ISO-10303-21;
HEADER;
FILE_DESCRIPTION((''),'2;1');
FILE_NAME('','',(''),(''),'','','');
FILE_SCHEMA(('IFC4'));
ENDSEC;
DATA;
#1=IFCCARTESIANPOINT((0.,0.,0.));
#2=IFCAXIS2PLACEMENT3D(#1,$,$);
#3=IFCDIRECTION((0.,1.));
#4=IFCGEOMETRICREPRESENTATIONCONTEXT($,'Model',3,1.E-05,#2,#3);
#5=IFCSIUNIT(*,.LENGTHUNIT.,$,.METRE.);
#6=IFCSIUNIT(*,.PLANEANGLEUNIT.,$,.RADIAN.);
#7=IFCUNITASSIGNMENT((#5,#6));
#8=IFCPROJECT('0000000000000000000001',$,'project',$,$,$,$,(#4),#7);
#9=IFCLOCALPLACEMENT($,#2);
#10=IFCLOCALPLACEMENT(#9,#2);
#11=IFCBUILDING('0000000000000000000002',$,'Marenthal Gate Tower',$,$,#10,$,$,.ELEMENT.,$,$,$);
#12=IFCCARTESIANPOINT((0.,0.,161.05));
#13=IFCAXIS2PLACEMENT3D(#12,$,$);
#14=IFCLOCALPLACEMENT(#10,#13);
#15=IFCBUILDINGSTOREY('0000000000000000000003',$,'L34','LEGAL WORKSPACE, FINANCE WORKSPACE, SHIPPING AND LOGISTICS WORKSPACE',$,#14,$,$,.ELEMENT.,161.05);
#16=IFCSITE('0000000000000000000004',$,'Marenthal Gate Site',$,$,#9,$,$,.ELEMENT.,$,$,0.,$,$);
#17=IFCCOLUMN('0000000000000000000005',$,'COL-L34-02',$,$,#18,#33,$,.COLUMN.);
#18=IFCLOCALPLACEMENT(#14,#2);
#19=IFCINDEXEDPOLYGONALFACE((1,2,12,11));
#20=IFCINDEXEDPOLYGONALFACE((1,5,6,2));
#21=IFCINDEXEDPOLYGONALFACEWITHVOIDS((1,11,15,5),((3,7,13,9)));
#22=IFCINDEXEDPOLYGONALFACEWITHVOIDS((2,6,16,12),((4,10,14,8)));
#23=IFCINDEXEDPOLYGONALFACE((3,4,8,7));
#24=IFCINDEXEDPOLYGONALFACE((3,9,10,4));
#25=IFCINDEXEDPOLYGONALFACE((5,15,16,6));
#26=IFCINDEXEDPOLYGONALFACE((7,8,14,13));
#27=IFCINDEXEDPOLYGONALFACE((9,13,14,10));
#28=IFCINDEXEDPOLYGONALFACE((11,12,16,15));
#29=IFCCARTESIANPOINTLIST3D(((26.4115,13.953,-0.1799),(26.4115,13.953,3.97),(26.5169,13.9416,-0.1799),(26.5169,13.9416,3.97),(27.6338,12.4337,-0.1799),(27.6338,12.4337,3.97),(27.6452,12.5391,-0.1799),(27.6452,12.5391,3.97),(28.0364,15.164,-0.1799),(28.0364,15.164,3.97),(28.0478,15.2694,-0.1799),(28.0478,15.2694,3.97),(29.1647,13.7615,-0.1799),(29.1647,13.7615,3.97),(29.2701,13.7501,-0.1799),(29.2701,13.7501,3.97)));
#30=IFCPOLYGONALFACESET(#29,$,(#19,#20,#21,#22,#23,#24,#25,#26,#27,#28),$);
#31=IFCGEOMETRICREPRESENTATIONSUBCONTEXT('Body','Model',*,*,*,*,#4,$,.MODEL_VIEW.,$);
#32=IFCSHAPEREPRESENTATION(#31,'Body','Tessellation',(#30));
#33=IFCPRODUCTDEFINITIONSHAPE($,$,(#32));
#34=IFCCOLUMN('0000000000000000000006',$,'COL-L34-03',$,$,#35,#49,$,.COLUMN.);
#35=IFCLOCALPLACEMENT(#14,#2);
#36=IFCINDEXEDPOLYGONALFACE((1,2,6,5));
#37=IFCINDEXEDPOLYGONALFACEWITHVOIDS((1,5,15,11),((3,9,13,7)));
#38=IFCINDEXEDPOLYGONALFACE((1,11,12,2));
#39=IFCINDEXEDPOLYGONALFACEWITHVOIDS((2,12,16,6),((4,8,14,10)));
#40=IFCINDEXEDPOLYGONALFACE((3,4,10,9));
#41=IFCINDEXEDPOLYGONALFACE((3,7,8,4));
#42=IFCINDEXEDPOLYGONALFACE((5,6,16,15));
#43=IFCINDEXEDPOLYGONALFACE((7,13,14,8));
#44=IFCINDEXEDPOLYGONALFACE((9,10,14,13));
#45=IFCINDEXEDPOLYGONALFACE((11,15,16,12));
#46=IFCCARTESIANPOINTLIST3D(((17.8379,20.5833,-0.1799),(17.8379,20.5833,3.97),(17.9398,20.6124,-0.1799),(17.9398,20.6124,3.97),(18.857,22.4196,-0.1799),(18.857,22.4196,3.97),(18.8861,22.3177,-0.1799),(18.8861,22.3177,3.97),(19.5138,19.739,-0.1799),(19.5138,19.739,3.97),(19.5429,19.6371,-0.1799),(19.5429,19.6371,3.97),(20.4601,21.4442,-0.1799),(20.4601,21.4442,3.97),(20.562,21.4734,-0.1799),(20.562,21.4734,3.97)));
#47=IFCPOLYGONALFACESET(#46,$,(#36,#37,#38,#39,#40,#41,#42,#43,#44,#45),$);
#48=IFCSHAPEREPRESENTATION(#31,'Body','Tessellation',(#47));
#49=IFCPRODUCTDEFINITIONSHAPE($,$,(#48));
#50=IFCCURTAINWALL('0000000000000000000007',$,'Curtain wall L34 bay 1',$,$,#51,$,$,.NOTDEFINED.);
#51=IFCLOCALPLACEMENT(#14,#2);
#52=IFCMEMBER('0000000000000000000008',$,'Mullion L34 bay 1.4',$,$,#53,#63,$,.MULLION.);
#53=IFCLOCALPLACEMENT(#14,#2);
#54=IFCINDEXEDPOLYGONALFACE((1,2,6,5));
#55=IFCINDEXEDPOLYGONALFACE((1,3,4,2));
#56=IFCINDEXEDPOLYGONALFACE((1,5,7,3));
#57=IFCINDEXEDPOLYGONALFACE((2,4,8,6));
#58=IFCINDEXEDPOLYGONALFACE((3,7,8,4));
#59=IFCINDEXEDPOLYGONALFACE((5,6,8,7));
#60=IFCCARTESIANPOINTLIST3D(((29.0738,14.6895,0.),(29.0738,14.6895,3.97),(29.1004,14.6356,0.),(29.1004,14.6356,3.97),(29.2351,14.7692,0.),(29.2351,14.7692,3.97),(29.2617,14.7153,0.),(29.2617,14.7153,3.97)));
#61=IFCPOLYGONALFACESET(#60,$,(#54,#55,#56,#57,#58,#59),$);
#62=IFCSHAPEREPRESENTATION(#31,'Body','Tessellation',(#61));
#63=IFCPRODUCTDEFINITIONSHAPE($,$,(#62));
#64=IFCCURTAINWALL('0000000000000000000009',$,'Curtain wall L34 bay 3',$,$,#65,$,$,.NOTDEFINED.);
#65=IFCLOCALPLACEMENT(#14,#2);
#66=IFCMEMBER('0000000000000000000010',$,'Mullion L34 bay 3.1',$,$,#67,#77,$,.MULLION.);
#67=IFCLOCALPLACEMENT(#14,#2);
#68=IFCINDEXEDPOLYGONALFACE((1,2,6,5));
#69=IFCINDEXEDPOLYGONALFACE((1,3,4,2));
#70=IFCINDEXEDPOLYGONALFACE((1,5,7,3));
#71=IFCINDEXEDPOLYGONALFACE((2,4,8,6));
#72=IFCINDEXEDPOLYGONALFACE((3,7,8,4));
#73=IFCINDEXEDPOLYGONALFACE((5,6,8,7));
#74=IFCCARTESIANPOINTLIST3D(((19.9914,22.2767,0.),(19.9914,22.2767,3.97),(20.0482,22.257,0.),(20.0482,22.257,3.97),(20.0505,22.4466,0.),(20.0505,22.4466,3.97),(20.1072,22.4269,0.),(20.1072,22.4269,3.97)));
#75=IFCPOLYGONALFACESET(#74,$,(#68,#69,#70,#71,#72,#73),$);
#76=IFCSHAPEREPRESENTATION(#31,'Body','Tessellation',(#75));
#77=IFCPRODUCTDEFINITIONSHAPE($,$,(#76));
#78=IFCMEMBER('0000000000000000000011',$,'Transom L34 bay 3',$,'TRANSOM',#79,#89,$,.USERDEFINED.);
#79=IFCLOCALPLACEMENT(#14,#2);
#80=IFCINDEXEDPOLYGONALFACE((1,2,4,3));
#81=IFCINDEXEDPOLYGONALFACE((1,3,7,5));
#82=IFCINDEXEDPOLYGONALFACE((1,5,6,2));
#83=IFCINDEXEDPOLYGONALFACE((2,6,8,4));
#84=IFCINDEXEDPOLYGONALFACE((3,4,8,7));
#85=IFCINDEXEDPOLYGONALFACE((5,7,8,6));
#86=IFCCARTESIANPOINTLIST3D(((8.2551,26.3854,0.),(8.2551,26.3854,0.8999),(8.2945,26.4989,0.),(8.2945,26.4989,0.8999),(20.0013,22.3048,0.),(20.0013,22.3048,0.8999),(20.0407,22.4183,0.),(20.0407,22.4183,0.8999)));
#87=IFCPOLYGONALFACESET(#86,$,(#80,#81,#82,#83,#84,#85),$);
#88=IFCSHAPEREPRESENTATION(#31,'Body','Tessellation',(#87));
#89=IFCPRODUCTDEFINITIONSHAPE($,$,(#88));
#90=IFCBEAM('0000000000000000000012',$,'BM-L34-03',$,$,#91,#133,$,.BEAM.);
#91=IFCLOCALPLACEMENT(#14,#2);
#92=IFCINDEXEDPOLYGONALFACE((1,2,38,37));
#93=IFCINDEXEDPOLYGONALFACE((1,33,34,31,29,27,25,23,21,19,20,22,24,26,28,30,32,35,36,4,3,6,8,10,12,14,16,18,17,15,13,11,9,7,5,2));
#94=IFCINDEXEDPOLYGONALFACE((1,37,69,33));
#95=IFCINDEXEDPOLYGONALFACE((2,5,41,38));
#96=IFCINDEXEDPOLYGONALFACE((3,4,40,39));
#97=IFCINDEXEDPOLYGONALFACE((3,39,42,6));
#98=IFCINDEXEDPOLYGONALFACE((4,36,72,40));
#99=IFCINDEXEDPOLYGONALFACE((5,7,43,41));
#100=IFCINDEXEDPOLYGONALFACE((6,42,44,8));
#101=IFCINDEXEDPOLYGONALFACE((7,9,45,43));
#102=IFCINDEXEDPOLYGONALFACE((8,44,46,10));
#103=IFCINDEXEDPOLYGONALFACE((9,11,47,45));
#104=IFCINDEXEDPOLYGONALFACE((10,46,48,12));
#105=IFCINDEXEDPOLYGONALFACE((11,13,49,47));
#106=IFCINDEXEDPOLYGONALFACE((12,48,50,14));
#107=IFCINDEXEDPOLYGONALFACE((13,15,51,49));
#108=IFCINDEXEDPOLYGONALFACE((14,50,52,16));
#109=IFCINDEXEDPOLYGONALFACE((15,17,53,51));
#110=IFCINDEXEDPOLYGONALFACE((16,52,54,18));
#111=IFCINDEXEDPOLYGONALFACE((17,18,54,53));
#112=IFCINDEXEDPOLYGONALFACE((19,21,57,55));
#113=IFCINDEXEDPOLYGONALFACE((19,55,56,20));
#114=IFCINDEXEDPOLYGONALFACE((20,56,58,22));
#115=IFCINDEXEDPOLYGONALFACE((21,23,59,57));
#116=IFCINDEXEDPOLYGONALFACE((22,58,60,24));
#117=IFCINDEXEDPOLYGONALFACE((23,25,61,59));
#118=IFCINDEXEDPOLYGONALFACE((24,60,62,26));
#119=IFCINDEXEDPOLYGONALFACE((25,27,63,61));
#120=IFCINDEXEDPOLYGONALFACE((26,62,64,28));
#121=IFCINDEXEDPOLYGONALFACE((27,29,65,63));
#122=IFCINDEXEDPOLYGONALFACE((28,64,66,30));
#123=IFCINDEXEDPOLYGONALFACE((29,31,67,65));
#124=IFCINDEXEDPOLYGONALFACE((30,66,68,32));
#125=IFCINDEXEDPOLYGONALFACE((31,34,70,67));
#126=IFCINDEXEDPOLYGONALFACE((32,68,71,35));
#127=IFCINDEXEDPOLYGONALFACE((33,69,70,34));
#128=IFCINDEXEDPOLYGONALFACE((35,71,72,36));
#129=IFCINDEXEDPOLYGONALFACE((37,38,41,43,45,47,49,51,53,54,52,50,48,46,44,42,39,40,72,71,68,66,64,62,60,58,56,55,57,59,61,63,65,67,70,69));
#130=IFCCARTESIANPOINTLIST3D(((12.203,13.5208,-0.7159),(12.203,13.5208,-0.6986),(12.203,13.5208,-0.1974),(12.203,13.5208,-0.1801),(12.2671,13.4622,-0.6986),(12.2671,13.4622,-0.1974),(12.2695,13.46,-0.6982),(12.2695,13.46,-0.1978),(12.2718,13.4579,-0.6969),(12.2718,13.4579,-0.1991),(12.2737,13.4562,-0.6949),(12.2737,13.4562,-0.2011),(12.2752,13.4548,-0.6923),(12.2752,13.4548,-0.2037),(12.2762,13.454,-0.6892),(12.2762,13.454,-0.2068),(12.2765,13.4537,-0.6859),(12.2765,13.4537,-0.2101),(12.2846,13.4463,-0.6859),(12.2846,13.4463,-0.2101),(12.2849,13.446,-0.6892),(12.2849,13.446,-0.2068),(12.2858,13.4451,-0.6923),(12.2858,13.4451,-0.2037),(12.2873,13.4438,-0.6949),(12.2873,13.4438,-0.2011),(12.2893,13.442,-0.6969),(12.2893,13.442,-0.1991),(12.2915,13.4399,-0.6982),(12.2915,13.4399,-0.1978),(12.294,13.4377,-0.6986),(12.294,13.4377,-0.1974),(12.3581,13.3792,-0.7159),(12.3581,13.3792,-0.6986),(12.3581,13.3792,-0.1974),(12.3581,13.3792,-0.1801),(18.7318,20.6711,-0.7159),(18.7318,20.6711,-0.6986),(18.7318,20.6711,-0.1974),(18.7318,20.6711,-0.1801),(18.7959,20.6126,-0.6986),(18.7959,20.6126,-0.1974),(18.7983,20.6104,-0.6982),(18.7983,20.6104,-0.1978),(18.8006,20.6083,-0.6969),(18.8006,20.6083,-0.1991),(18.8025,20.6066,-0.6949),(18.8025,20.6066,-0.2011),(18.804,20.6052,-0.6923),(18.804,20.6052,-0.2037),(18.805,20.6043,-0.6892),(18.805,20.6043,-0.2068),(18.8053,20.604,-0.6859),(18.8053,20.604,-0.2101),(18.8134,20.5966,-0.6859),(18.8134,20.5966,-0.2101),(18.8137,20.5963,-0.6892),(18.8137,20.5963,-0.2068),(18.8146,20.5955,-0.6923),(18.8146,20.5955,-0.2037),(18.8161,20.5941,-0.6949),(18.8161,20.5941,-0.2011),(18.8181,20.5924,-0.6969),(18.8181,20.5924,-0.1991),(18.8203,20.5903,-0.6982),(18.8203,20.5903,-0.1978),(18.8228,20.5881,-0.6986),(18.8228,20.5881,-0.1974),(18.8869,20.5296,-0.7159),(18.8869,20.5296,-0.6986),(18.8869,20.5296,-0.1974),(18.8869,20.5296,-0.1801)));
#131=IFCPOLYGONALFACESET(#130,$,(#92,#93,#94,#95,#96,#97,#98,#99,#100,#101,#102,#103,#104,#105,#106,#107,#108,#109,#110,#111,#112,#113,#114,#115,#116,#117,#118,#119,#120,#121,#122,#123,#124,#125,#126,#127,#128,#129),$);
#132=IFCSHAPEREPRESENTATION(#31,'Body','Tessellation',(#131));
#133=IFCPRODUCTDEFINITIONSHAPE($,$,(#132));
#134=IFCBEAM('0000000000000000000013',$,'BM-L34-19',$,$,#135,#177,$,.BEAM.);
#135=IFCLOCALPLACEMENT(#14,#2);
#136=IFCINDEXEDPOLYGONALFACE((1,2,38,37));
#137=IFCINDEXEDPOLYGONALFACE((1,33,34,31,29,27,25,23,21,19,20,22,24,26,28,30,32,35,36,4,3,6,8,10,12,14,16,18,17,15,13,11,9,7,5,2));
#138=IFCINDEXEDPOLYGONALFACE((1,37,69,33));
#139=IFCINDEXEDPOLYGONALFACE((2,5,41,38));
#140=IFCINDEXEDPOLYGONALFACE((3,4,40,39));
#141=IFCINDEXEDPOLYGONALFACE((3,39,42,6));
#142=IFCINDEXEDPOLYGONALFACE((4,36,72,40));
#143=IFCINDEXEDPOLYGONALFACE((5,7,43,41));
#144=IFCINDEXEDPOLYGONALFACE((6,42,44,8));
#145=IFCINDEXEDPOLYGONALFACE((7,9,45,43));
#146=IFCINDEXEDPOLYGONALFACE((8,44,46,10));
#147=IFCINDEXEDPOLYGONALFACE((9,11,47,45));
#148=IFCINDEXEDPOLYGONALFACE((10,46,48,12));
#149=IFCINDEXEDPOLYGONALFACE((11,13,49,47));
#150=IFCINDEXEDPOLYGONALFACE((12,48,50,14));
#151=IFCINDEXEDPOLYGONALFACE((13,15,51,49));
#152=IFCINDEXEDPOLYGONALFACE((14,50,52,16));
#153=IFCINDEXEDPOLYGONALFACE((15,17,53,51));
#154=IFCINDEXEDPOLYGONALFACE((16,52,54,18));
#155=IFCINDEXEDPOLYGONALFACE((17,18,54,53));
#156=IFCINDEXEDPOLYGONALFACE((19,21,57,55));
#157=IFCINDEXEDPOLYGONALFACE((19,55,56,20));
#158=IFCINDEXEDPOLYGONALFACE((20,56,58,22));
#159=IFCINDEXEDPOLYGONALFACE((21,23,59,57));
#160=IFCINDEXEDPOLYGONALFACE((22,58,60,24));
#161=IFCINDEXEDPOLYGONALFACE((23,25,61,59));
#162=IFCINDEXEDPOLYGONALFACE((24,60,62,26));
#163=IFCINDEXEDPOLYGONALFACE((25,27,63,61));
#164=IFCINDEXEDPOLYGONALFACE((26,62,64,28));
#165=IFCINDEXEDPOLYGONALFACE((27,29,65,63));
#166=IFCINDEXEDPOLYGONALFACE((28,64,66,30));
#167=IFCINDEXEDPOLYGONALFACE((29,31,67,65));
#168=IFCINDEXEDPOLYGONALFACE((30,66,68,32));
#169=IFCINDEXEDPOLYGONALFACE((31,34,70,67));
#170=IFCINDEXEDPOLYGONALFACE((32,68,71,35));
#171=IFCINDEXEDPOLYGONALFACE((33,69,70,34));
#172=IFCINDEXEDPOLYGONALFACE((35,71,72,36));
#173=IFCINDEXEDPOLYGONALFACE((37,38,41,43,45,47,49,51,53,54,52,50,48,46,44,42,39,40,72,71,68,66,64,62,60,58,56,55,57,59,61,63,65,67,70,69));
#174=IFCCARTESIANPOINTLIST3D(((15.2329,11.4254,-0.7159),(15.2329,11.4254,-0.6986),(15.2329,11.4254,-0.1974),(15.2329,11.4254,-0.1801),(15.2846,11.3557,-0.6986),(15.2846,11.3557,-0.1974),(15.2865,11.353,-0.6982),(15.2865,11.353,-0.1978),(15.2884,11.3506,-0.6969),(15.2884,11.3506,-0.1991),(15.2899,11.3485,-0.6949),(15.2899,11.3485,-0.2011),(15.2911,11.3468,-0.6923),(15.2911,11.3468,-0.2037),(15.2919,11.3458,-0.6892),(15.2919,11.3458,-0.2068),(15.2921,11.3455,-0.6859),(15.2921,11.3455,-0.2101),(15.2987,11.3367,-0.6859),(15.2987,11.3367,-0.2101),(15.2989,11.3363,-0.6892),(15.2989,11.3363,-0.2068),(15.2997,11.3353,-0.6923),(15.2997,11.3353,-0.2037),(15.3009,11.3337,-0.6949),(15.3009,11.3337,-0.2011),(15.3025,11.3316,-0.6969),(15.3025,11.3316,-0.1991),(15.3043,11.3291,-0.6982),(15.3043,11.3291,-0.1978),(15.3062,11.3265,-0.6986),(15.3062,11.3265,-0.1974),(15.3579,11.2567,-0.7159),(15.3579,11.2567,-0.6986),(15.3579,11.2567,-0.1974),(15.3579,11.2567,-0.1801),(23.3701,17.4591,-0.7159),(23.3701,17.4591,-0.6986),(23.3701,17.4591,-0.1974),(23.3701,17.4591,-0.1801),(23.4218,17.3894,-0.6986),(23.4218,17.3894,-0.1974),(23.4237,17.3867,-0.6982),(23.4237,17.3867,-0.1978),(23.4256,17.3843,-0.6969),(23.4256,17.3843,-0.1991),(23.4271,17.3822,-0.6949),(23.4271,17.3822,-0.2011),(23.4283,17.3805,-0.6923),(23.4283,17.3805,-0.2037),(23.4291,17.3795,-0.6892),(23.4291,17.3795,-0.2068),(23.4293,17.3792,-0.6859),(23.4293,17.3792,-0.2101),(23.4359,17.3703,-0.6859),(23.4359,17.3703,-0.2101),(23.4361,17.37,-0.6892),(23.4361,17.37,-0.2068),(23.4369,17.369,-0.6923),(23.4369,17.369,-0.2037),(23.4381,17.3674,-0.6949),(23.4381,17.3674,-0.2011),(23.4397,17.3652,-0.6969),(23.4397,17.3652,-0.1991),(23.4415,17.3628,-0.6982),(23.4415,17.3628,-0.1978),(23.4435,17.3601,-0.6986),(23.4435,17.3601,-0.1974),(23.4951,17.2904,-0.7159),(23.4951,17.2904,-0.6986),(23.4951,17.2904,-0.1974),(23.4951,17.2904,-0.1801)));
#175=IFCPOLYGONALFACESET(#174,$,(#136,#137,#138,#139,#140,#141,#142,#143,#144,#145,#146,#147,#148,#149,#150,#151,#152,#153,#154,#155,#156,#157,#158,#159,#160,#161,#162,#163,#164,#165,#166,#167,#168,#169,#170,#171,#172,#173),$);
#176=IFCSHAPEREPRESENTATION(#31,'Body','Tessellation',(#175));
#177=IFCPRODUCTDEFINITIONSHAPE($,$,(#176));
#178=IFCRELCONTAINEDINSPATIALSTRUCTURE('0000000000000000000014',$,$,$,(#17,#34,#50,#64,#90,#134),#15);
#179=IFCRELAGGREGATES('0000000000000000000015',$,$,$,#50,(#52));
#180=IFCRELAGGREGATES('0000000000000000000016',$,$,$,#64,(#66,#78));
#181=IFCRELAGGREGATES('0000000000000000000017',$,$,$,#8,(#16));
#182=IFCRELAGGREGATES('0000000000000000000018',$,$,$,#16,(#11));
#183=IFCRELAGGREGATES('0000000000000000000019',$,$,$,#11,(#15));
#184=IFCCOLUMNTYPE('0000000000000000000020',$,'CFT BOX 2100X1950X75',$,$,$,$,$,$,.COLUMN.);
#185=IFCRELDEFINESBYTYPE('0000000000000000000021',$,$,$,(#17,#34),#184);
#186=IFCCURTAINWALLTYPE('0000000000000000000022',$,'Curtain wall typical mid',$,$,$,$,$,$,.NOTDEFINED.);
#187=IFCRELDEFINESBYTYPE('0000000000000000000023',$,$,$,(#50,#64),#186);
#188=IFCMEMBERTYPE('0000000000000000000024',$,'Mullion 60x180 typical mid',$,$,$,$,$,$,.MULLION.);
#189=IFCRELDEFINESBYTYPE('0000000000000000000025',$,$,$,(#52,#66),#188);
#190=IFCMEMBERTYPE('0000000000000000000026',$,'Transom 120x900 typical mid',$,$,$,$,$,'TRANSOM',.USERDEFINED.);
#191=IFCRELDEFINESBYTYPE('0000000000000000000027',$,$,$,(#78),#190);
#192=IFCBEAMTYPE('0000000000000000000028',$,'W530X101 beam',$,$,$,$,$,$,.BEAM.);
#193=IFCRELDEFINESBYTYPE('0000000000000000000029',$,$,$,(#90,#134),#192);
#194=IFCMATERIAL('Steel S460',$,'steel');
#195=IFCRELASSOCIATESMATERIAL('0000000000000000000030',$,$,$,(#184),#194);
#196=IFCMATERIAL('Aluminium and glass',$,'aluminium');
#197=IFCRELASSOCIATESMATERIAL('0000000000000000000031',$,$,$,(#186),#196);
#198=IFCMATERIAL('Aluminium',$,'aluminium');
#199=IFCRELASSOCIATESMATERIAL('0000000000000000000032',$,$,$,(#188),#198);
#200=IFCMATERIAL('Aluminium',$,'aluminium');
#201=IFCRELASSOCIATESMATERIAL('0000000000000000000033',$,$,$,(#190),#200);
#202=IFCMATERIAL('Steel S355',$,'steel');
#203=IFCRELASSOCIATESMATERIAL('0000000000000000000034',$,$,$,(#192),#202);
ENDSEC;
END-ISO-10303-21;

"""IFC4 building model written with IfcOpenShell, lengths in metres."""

from ifc_helpers import new_model, si_unit, direction, frame, origin, origin_2d, place, context, subcontext, project, spatial, rectangle, hollow_rectangle, i_section, extrude, material, material_profile, profile_set, type_object, element, aggregate, save


model = new_model("IFC4")

# Units and contexts
model_context = context("Model", 3, precision=1e-05, world=origin(), true_north=direction((0.0, 1.0)))
body_context = subcontext(model_context, "Body", "Model", "MODEL_VIEW")
ifc_project = project(units=[si_unit("LENGTHUNIT", "METRE"), si_unit("PLANEANGLEUNIT", "RADIAN")], contexts=[model_context])

# Site, building, storey
site_placement = place(None, origin())
site = spatial("IfcSite", under=ifc_project, at=site_placement, Name="Marenthal Gate Site", CompositionType="ELEMENT", RefElevation=0.0)
building_placement = place(site_placement, origin())
building = spatial("IfcBuilding", under=site, at=building_placement, Name="Marenthal Gate Tower", CompositionType="ELEMENT")
storey_placement = place(building_placement, frame((0.0, 0.0, 161.05)))
storey = spatial("IfcBuildingStorey", under=building, at=storey_placement, Name="L34", Description="LEGAL WORKSPACE, FINANCE WORKSPACE, SHIPPING AND LOGISTICS WORKSPACE", CompositionType="ELEMENT", Elevation=161.05)

# Columns
ifc_material_1 = material(Name="Steel S460", Category="steel")
ifc_material_profile_1 = material_profile(ifc_material_1, hollow_rectangle(XDim=1.95, YDim=2.1001, WallThickness=0.075, at=origin_2d()), Name="CFT BOX 2100X1950X75")
ifc_material_2 = material(Name="Concrete 70 MPa", Category="concrete")
ifc_material_profile_2 = material_profile(ifc_material_2, rectangle(XDim=1.8, YDim=1.95, at=origin_2d()), Name="CFT BOX 2100X1950X75 INFILL")
ifc_profile_set_1 = profile_set([ifc_material_profile_1, ifc_material_profile_2], Name="Steel S460 shell, Concrete 70 MPa infill")
column_type = type_object("IfcColumnType", Name="CFT BOX 2100X1950X75", PredefinedType="COLUMN", material=ifc_profile_set_1)
for number, where, z_axis, x_axis, name in (
    (1, (27.8408, 13.8516, -0.1799), (0.0, 0.0, 1.0), (0.626831, -0.779155, 0.0), "COL-L34-02"),
    (2, (19.2, 21.0283, -0.1799), (0.0, 0.0, 1.0), (0.87438, -0.485242, 0.0), "COL-L34-03"),
):
    element("IfcColumn", number, at=place(storey_placement, frame(where, z_axis=z_axis, x_axis=x_axis)), inside=storey, type_object=column_type, Name=name, PredefinedType="COLUMN", context=body_context, shape_type="SweptSolid", body=[
        extrude(hollow_rectangle(XDim=1.95, YDim=2.1001, WallThickness=0.075, at=origin_2d()), origin(), (0.0, 0.0, 1.0), 4.1499),
    ])

# Curtain wall, member
ifc_material_3 = material(Name="Aluminium and glass", Category="aluminium")
curtain_wall_type = type_object("IfcCurtainWallType", Name="Curtain wall typical mid", PredefinedType="NOTDEFINED", material=ifc_material_3)
curtain_wall_1_placement = place(storey_placement, origin())
curtain_wall_1 = element("IfcCurtainWall", 3, at=curtain_wall_1_placement, inside=storey, type_object=curtain_wall_type, Name="Curtain wall L34 bay 1", PredefinedType="NOTDEFINED")
ifc_material_4 = material(Name="Aluminium", Category="aluminium")
ifc_material_profile_3 = material_profile(ifc_material_4, rectangle(XDim=0.1799, YDim=0.0601, at=origin_2d()), Name="60x180 aluminium mullion")
ifc_profile_set_2 = profile_set([ifc_material_profile_3], Name="Aluminium")
member_type_1 = type_object("IfcMemberType", Name="Mullion 60x180 typical mid", PredefinedType="MULLION", material=ifc_profile_set_2)
member_1_placement = place(storey_placement, frame((29.1677, 14.7024, 0.0), z_axis=(0.0, 0.0, 1.0), x_axis=(-0.896609, -0.442824, 0.0)))
member_1 = element("IfcMember", 4, at=member_1_placement, type_object=member_type_1, Name="Mullion L34 bay 1.4", PredefinedType="MULLION", context=body_context, shape_type="SweptSolid", body=[
    extrude(rectangle(XDim=0.1799, YDim=0.0601, at=origin_2d()), origin(), (0.0, 0.0, 1.0), 3.97),
])
aggregate(curtain_wall_1, [member_1])

# Curtain wall, members
curtain_wall_2_placement = place(storey_placement, origin())
curtain_wall_2 = element("IfcCurtainWall", 5, at=curtain_wall_2_placement, inside=storey, type_object=curtain_wall_type, Name="Curtain wall L34 bay 3", PredefinedType="NOTDEFINED")
member_2_placement = place(storey_placement, frame((20.0493, 22.3518, 0.0), z_axis=(0.0, 0.0, 1.0), x_axis=(-0.328158, -0.944623, 0.0)))
member_2 = element("IfcMember", 6, at=member_2_placement, type_object=member_type_1, Name="Mullion L34 bay 3.1", PredefinedType="MULLION", context=body_context, shape_type="SweptSolid", body=[
    extrude(rectangle(XDim=0.1799, YDim=0.0601, at=origin_2d()), origin(), (0.0, 0.0, 1.0), 3.97),
])
ifc_material_5 = material(Name="Aluminium", Category="aluminium")
ifc_material_profile_4 = material_profile(ifc_material_5, rectangle(XDim=0.1201, YDim=0.8999, at=origin_2d()), Name="120x900 aluminium transom")
ifc_profile_set_3 = profile_set([ifc_material_profile_4], Name="Aluminium")
member_type_2 = type_object("IfcMemberType", Name="Transom 120x900 typical mid", ElementType="TRANSOM", PredefinedType="USERDEFINED", material=ifc_profile_set_3)
member_3_placement = place(storey_placement, frame((20.021, 22.3616, 0.45), z_axis=(-0.944622, 0.32816, 0.0), x_axis=(-0.32816, -0.944622, 0.0)))
member_3 = element("IfcMember", 7, at=member_3_placement, type_object=member_type_2, Name="Transom L34 bay 3", ObjectType="TRANSOM", PredefinedType="USERDEFINED", context=body_context, shape_type="SweptSolid", body=[
    extrude(rectangle(XDim=0.1201, YDim=0.8999, at=origin_2d()), origin(), (0.0, 0.0, 1.0), 12.4348),
])

# Beams
ifc_material_6 = material(Name="Steel S355", Category="steel")
ifc_material_profile_5 = material_profile(ifc_material_6, i_section(OverallWidth=0.21, OverallDepth=0.5359, WebThickness=0.011, FlangeThickness=0.0173, FilletRadius=0.0127, at=origin_2d()), Name="W530X101")
ifc_profile_set_4 = profile_set([ifc_material_profile_5], Name="Steel S355")
beam_type_1 = type_object("IfcBeamType", Name="W530X101 beam", PredefinedType="BEAM", material=ifc_profile_set_4)
beam_1_placement = place(storey_placement, frame((18.8093, 20.6003, -0.448), z_axis=(-0.67428, -0.738476, 0.0), x_axis=(0.738476, -0.67428, 0.0)))
element("IfcBeam", 8, at=beam_1_placement, inside=storey, type_object=beam_type_1, Name="BM-L34-03", PredefinedType="BEAM", context=body_context, shape_type="SweptSolid", body=[
    extrude(i_section(OverallWidth=0.21, OverallDepth=0.5359, WebThickness=0.011, FlangeThickness=0.0173, FilletRadius=0.0127, at=origin_2d()), origin(), (0.0, 0.0, 1.0), 9.6826),
])
beam_2_placement = place(storey_placement, frame((23.4326, 17.3748, -0.448), z_axis=(-0.803268, -0.595618, 0.0), x_axis=(0.595618, -0.803268, 0.0)))
element("IfcBeam", 9, at=beam_2_placement, inside=storey, type_object=beam_type_1, Name="BM-L34-19", PredefinedType="BEAM", context=body_context, shape_type="SweptSolid", body=[
    extrude(i_section(OverallWidth=0.21, OverallDepth=0.5359, WebThickness=0.011, FlangeThickness=0.0173, FilletRadius=0.0127, at=origin_2d()), origin(), (0.0, 0.0, 1.0), 10.1301),
])

aggregate(curtain_wall_2, [member_2, member_3])

save(model, "model.ifc")
